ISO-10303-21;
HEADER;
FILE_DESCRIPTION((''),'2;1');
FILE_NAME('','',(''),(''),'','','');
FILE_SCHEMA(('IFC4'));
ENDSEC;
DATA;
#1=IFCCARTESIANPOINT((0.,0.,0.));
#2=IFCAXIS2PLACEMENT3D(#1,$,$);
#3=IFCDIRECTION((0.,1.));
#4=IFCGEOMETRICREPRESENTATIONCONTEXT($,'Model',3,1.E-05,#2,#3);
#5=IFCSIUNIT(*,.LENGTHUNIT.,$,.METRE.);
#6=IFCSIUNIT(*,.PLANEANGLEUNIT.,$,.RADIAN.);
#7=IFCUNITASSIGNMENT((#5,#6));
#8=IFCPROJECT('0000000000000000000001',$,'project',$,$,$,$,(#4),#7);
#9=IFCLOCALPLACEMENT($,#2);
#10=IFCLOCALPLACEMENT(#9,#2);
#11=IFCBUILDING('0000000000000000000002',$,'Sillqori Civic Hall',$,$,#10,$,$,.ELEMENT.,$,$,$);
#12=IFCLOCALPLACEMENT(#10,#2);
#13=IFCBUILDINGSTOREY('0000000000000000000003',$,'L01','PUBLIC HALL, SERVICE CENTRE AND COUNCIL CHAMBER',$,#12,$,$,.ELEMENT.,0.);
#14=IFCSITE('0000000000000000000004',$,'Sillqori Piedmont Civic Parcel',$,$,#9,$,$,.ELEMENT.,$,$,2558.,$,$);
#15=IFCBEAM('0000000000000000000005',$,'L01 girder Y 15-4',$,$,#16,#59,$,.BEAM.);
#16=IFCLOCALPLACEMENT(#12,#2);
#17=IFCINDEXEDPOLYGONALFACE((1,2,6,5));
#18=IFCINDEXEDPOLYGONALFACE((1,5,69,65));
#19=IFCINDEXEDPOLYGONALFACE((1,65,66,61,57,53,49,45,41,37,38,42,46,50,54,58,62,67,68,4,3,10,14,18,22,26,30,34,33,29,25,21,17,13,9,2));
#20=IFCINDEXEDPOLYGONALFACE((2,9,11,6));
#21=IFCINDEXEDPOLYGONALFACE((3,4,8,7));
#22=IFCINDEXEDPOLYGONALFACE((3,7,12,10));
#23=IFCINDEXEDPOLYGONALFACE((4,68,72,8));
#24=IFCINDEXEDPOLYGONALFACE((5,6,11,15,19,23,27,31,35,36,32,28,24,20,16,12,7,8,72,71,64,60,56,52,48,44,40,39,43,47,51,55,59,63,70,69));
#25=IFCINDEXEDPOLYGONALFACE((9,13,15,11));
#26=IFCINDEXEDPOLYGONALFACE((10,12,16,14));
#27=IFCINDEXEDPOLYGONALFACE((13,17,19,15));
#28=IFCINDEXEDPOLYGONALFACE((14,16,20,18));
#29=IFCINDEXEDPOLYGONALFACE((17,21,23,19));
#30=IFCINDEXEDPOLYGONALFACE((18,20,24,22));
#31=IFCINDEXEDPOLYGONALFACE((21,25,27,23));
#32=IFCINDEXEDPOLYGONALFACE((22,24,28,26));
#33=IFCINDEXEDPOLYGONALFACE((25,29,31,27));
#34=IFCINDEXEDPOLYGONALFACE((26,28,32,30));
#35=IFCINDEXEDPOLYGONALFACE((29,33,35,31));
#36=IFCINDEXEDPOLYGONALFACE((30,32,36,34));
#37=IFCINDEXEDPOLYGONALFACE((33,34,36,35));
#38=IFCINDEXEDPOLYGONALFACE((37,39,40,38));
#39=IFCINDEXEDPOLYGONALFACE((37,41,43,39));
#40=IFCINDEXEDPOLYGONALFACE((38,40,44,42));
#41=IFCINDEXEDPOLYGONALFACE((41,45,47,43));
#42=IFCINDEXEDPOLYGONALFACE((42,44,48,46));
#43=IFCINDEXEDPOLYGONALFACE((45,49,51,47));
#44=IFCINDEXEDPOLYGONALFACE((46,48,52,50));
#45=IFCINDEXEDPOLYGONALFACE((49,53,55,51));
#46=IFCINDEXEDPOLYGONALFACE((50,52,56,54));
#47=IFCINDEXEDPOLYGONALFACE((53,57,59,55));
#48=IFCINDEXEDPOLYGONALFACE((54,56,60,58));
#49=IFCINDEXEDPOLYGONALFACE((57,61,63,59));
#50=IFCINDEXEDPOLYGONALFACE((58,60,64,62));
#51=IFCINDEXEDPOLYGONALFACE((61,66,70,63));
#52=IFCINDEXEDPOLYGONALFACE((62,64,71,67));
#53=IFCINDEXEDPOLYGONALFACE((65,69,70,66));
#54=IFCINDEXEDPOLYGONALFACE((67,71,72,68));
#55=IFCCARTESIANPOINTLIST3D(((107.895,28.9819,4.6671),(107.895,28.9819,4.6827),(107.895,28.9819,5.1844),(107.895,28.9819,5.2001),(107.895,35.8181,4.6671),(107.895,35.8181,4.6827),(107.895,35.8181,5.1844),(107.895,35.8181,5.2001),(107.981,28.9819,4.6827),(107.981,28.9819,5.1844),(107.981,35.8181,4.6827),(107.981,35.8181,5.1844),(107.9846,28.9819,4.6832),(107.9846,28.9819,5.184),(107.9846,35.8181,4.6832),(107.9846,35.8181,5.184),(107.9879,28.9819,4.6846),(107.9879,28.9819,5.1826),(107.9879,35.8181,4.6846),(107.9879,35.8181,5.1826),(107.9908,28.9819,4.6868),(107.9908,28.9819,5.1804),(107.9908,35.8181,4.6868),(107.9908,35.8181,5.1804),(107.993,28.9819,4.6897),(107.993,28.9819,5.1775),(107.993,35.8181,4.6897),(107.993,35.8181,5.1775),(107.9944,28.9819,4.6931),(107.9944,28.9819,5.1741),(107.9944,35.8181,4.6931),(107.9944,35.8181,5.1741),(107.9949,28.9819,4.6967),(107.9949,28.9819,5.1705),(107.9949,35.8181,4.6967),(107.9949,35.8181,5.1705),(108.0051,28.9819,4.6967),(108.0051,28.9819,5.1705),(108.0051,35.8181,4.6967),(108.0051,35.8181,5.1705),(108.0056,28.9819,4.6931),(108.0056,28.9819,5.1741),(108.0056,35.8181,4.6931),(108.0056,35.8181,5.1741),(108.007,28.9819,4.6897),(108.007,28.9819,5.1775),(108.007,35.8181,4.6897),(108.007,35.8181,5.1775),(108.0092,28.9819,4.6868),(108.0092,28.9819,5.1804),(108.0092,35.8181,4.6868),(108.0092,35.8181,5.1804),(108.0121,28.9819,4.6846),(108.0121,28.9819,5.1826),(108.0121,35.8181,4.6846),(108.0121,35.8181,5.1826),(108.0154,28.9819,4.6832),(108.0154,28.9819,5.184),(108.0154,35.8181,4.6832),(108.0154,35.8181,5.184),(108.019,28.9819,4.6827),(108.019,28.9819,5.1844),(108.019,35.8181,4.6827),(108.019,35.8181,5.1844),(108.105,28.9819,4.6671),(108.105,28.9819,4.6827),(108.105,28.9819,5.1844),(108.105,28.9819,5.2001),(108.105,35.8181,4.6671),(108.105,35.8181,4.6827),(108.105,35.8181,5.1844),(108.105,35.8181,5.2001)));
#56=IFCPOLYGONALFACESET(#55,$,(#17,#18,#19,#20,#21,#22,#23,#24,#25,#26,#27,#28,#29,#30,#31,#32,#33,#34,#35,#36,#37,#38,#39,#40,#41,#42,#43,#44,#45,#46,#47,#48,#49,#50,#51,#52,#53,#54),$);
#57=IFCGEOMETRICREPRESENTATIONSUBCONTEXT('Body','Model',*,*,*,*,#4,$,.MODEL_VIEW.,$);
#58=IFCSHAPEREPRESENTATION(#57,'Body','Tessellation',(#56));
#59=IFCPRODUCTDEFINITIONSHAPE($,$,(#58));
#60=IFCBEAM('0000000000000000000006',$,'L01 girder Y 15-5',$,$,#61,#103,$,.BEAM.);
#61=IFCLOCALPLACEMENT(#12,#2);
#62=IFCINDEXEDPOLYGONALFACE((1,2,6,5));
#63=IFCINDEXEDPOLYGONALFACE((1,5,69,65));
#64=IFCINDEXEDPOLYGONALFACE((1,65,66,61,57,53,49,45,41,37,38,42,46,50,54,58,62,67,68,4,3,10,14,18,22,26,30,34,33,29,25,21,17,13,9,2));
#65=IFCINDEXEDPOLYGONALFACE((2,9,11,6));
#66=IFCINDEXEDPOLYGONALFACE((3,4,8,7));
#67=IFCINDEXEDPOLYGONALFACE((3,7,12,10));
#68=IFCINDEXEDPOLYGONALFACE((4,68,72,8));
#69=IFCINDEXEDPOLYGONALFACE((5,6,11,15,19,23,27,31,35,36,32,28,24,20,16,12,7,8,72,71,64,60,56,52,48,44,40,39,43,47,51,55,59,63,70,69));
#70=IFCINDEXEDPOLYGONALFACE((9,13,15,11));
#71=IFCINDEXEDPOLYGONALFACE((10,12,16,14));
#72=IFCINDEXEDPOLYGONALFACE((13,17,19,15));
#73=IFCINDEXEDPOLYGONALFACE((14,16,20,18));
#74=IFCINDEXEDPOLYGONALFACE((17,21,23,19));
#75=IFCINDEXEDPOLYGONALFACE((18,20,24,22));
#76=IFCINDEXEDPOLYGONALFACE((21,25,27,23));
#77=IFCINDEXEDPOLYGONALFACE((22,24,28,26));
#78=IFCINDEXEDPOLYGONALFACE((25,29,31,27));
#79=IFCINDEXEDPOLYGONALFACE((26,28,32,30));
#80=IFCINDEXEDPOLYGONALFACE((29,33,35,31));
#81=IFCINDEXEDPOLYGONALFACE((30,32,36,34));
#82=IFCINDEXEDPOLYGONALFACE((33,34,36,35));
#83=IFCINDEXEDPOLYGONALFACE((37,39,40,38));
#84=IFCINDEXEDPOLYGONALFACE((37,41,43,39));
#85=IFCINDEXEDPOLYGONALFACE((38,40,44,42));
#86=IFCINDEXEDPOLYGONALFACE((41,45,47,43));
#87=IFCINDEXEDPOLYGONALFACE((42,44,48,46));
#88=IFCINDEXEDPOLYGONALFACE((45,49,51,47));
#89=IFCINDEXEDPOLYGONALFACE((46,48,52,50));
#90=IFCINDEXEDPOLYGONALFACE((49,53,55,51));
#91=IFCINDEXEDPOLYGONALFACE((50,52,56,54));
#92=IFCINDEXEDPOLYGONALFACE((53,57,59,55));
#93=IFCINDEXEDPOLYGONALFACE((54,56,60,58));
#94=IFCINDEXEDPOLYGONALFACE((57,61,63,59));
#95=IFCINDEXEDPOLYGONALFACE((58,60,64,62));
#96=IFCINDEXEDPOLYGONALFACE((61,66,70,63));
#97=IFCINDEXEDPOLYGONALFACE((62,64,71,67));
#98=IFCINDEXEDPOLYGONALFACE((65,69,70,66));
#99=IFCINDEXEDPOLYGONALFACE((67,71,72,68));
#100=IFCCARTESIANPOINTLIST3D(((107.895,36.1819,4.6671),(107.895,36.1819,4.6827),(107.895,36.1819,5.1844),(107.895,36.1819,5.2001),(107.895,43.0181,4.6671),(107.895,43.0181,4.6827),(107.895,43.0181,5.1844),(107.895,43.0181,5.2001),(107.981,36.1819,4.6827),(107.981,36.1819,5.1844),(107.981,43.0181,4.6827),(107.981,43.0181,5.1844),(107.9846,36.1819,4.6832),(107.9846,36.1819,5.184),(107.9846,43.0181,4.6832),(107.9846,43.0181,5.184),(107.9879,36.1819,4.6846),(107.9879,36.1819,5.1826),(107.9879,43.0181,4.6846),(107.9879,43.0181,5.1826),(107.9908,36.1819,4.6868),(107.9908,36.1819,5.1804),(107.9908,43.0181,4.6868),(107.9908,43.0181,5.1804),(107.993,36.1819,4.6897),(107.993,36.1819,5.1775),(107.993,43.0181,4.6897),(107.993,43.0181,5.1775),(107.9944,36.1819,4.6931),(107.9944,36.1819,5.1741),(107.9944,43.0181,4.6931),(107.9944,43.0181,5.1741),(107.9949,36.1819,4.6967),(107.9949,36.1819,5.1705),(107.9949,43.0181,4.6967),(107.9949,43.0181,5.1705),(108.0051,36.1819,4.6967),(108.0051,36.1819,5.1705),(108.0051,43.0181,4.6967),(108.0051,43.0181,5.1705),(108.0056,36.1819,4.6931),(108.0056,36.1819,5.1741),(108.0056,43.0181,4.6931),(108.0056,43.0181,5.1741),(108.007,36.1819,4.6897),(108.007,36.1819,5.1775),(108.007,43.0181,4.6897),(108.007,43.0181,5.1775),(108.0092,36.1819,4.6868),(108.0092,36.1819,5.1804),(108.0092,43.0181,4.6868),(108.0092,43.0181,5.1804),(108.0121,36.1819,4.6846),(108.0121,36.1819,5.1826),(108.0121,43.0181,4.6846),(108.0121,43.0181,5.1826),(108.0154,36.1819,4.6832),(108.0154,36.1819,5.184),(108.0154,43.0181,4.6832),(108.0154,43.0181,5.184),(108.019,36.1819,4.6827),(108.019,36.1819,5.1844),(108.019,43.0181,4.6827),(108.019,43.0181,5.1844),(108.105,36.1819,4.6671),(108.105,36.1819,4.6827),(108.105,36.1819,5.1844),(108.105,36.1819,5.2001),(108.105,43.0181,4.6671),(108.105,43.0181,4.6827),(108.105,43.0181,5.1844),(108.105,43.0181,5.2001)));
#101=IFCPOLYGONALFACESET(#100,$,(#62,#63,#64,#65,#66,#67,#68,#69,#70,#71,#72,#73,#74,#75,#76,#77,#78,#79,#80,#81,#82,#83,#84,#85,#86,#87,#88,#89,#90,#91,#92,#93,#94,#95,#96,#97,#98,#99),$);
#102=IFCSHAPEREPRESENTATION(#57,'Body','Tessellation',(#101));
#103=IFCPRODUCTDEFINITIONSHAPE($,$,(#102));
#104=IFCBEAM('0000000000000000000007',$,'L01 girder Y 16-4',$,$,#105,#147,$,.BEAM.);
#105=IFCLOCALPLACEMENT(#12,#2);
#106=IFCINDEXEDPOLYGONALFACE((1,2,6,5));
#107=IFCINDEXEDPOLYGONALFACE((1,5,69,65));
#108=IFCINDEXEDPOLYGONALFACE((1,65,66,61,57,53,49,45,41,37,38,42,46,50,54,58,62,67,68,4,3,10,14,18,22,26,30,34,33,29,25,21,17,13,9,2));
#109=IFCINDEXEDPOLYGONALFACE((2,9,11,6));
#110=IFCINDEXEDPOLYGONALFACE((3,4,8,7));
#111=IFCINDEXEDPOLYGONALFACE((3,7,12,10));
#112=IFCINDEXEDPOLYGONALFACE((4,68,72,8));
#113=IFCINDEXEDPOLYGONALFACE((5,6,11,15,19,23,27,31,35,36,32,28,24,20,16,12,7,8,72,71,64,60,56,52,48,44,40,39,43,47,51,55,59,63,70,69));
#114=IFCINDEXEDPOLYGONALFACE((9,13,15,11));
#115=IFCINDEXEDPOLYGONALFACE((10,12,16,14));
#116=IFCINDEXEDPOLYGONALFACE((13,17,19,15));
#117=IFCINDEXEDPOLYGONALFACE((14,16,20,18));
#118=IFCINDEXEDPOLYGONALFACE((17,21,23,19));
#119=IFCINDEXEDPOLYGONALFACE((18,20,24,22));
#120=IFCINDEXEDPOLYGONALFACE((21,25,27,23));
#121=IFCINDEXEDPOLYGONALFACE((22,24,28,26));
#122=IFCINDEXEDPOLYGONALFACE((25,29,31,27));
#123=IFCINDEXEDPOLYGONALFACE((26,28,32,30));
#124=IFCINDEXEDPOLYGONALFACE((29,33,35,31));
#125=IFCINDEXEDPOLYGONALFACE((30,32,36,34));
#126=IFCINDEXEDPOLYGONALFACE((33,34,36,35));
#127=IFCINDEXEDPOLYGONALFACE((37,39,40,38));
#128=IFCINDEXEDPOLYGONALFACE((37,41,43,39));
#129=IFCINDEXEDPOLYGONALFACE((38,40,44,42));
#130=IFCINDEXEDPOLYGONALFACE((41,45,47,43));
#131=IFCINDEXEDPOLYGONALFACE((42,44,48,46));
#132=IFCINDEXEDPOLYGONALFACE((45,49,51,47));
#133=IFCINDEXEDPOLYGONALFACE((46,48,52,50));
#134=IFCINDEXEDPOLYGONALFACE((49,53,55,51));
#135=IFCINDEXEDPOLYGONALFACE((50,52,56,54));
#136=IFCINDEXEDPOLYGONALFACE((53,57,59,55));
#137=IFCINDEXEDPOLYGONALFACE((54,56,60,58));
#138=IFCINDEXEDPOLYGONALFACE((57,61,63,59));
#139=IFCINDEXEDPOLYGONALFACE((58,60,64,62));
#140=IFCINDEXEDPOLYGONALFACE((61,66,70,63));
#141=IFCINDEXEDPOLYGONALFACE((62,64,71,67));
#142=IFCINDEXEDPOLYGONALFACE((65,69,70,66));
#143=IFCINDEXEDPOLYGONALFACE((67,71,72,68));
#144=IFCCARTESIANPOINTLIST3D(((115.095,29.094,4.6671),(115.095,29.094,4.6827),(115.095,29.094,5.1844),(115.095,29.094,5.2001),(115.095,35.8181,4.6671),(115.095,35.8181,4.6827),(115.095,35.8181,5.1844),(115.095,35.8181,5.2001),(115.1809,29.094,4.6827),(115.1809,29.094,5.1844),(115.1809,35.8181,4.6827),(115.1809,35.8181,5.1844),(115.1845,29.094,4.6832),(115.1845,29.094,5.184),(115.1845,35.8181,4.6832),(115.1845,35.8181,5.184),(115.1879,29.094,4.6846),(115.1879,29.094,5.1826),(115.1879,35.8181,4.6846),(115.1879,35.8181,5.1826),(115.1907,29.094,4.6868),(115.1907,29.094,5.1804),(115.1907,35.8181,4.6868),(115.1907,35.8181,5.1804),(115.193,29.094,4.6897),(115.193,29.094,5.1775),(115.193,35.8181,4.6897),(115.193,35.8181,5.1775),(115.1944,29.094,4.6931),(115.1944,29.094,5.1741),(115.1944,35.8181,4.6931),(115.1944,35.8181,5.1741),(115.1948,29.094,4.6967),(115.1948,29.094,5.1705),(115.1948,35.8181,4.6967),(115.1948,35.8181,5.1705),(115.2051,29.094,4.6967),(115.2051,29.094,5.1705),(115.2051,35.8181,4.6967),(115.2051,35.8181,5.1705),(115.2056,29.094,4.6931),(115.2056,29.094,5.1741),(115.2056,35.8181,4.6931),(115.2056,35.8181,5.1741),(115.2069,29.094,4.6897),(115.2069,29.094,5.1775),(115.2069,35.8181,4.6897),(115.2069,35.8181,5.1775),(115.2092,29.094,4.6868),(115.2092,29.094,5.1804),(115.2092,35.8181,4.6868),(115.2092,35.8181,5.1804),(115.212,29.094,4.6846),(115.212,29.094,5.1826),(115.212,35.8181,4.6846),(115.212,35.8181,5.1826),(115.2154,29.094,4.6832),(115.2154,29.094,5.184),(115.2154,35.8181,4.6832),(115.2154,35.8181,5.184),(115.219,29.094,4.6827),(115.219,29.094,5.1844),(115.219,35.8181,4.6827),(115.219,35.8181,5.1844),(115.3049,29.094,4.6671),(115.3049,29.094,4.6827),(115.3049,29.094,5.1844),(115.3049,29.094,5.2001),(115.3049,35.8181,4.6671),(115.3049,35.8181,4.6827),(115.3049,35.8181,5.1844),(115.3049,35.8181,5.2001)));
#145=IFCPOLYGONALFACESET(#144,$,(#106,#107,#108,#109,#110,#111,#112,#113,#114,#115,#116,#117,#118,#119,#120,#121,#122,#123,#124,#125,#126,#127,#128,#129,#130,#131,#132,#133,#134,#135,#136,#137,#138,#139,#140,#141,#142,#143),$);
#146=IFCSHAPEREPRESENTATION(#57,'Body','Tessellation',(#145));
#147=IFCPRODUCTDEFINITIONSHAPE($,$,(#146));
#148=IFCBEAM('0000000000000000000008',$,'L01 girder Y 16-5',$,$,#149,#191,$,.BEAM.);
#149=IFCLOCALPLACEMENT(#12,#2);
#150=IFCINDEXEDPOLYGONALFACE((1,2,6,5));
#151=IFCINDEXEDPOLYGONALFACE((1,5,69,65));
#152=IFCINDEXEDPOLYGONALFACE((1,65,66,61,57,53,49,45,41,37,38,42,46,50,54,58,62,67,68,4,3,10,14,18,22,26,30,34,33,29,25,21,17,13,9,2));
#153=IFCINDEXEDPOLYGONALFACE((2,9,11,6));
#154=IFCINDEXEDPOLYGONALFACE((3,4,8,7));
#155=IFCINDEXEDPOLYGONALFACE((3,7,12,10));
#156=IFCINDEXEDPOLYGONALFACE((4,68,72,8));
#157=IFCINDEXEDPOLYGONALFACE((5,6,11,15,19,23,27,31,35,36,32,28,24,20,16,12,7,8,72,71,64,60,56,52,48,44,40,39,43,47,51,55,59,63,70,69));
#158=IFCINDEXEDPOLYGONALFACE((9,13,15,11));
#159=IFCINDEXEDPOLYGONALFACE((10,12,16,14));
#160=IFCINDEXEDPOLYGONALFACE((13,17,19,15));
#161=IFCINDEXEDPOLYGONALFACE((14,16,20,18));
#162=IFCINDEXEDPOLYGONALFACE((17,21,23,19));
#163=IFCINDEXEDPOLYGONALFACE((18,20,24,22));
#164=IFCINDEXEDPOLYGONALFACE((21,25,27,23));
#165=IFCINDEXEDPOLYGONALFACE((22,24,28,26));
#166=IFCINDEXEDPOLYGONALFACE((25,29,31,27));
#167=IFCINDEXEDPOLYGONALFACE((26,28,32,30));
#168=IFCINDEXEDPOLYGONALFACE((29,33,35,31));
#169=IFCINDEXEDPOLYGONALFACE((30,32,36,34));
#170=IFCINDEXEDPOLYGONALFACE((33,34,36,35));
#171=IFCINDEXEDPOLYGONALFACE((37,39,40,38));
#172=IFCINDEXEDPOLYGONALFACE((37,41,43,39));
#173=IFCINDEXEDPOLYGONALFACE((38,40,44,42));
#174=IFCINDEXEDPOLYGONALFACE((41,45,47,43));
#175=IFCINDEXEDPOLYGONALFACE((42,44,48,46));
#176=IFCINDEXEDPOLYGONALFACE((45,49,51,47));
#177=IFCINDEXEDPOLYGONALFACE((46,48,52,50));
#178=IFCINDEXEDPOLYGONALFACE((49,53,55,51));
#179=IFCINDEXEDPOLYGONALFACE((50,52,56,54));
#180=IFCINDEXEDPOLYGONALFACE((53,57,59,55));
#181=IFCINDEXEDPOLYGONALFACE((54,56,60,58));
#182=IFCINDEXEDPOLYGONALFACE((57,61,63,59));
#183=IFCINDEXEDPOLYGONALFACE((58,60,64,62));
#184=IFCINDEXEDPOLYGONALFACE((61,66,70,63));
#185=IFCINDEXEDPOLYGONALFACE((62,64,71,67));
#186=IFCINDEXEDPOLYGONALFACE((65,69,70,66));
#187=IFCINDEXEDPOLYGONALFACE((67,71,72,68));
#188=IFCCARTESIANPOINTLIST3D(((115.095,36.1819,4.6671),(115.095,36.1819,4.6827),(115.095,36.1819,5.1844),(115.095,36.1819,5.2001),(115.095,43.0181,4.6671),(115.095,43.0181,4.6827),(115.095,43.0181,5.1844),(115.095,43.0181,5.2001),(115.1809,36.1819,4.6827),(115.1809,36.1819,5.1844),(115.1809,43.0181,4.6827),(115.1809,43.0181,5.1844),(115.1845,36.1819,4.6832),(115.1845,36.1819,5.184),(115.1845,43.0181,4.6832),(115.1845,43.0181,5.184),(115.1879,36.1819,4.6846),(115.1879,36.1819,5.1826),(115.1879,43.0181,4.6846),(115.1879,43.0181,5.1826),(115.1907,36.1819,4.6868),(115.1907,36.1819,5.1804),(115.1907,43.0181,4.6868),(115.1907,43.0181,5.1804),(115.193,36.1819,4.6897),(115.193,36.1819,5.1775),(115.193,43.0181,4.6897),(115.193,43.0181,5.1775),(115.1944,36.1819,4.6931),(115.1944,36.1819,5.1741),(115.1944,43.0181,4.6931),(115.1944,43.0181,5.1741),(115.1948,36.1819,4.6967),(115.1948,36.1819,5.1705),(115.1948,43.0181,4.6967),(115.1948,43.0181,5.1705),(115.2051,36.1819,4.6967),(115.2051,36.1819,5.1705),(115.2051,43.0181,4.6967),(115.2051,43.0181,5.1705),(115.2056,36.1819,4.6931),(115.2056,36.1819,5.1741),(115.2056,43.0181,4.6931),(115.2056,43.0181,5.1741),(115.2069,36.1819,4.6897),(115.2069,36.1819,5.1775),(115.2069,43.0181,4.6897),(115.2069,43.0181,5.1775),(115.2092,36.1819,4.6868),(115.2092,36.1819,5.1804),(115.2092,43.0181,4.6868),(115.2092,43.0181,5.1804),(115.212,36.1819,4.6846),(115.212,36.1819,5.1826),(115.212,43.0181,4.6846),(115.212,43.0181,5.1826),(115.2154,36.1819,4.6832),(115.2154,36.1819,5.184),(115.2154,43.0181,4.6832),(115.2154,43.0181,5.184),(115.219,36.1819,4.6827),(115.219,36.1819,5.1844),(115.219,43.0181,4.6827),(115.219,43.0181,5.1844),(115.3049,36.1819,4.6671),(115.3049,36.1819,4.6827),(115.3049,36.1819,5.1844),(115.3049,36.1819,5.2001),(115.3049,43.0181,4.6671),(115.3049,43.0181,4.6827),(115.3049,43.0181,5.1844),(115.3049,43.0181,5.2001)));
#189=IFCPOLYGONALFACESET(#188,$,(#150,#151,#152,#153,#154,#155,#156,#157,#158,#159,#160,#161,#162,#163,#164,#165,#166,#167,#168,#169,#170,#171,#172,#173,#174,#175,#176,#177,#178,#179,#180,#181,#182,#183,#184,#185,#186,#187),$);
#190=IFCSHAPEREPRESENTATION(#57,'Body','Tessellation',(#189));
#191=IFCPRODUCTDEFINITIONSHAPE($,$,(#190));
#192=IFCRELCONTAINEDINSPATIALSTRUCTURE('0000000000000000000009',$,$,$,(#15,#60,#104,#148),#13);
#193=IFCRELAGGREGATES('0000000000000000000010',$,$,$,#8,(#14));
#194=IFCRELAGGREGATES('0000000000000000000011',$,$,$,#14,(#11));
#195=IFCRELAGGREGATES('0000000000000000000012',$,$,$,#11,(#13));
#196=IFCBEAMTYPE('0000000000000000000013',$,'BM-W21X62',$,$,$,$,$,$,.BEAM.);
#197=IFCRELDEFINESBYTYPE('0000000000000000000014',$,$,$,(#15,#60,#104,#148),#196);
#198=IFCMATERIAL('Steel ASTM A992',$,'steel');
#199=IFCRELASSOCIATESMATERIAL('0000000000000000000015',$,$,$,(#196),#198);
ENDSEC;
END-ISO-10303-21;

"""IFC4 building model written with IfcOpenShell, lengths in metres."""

from ifc_helpers import new_model, si_unit, direction, frame, origin, origin_2d, place, context, subcontext, project, spatial, i_section, extrude, material, material_profile, profile_set, type_object, element, save


model = new_model("IFC4")

# Units and contexts
model_context = context("Model", 3, precision=1e-05, world=origin(), true_north=direction((0.0, 1.0)))
body_context = subcontext(model_context, "Body", "Model", "MODEL_VIEW")
ifc_project = project(units=[si_unit("LENGTHUNIT", "METRE"), si_unit("PLANEANGLEUNIT", "RADIAN")], contexts=[model_context])

# Site, building, storey
site_placement = place(None, origin())
site = spatial("IfcSite", under=ifc_project, at=site_placement, Name="Sillqori Piedmont Civic Parcel", CompositionType="ELEMENT", RefElevation=2558.0)
building_placement = place(site_placement, origin())
building = spatial("IfcBuilding", under=site, at=building_placement, Name="Sillqori Civic Hall", CompositionType="ELEMENT")
storey_placement = place(building_placement, origin())
storey = spatial("IfcBuildingStorey", under=building, at=storey_placement, Name="L01", Description="PUBLIC HALL, SERVICE CENTRE AND COUNCIL CHAMBER", CompositionType="ELEMENT", Elevation=0.0)

# Shared definitions
ifc_material_1 = material(Name="Steel ASTM A992", Category="steel")

# Beams
ifc_material_profile_1 = material_profile(ifc_material_1, i_section(OverallWidth=0.21, OverallDepth=0.533, WebThickness=0.0103, FlangeThickness=0.0156, FilletRadius=0.0139, at=origin_2d()), Name="W21X62")
ifc_profile_set_1 = profile_set([ifc_material_profile_1], Name="Steel ASTM A992")
beam_type_1 = type_object("IfcBeamType", Name="BM-W21X62", PredefinedType="BEAM", material=ifc_profile_set_1)
for number, where, z_axis, x_axis, name in (
    (1, (108.0, 28.9819, 4.9336), (0.0, 1.0, 0.0), (-1.0, 0.0, 0.0), "L01 girder Y 15-4"),
    (2, (108.0, 36.1819, 4.9336), (0.0, 1.0, 0.0), (-1.0, 0.0, 0.0), "L01 girder Y 15-5"),
):
    element("IfcBeam", number, at=place(storey_placement, frame(where, z_axis=z_axis, x_axis=x_axis)), inside=storey, type_object=beam_type_1, Name=name, PredefinedType="BEAM", context=body_context, shape_type="SweptSolid", body=[
        extrude(i_section(OverallWidth=0.21, OverallDepth=0.533, WebThickness=0.0103, FlangeThickness=0.0156, FilletRadius=0.0139, at=origin_2d()), origin(), (0.0, 0.0, 1.0), 6.8362),
    ])
beam_1_placement = place(storey_placement, frame((115.2, 29.094, 4.9336), z_axis=(0.0, 1.0, 0.0), x_axis=(-1.0, 0.0, 0.0)))
element("IfcBeam", 3, at=beam_1_placement, inside=storey, type_object=beam_type_1, Name="L01 girder Y 16-4", PredefinedType="BEAM", context=body_context, shape_type="SweptSolid", body=[
    extrude(i_section(OverallWidth=0.21, OverallDepth=0.533, WebThickness=0.0103, FlangeThickness=0.0156, FilletRadius=0.0139, at=origin_2d()), origin(), (0.0, 0.0, 1.0), 6.7241),
])
beam_2_placement = place(storey_placement, frame((115.2, 36.1819, 4.9336), z_axis=(0.0, 1.0, 0.0), x_axis=(-1.0, 0.0, 0.0)))
element("IfcBeam", 4, at=beam_2_placement, inside=storey, type_object=beam_type_1, Name="L01 girder Y 16-5", PredefinedType="BEAM", context=body_context, shape_type="SweptSolid", body=[
    extrude(i_section(OverallWidth=0.21, OverallDepth=0.533, WebThickness=0.0103, FlangeThickness=0.0156, FilletRadius=0.0139, at=origin_2d()), origin(), (0.0, 0.0, 1.0), 6.8362),
])

save(model, "model.ifc")
